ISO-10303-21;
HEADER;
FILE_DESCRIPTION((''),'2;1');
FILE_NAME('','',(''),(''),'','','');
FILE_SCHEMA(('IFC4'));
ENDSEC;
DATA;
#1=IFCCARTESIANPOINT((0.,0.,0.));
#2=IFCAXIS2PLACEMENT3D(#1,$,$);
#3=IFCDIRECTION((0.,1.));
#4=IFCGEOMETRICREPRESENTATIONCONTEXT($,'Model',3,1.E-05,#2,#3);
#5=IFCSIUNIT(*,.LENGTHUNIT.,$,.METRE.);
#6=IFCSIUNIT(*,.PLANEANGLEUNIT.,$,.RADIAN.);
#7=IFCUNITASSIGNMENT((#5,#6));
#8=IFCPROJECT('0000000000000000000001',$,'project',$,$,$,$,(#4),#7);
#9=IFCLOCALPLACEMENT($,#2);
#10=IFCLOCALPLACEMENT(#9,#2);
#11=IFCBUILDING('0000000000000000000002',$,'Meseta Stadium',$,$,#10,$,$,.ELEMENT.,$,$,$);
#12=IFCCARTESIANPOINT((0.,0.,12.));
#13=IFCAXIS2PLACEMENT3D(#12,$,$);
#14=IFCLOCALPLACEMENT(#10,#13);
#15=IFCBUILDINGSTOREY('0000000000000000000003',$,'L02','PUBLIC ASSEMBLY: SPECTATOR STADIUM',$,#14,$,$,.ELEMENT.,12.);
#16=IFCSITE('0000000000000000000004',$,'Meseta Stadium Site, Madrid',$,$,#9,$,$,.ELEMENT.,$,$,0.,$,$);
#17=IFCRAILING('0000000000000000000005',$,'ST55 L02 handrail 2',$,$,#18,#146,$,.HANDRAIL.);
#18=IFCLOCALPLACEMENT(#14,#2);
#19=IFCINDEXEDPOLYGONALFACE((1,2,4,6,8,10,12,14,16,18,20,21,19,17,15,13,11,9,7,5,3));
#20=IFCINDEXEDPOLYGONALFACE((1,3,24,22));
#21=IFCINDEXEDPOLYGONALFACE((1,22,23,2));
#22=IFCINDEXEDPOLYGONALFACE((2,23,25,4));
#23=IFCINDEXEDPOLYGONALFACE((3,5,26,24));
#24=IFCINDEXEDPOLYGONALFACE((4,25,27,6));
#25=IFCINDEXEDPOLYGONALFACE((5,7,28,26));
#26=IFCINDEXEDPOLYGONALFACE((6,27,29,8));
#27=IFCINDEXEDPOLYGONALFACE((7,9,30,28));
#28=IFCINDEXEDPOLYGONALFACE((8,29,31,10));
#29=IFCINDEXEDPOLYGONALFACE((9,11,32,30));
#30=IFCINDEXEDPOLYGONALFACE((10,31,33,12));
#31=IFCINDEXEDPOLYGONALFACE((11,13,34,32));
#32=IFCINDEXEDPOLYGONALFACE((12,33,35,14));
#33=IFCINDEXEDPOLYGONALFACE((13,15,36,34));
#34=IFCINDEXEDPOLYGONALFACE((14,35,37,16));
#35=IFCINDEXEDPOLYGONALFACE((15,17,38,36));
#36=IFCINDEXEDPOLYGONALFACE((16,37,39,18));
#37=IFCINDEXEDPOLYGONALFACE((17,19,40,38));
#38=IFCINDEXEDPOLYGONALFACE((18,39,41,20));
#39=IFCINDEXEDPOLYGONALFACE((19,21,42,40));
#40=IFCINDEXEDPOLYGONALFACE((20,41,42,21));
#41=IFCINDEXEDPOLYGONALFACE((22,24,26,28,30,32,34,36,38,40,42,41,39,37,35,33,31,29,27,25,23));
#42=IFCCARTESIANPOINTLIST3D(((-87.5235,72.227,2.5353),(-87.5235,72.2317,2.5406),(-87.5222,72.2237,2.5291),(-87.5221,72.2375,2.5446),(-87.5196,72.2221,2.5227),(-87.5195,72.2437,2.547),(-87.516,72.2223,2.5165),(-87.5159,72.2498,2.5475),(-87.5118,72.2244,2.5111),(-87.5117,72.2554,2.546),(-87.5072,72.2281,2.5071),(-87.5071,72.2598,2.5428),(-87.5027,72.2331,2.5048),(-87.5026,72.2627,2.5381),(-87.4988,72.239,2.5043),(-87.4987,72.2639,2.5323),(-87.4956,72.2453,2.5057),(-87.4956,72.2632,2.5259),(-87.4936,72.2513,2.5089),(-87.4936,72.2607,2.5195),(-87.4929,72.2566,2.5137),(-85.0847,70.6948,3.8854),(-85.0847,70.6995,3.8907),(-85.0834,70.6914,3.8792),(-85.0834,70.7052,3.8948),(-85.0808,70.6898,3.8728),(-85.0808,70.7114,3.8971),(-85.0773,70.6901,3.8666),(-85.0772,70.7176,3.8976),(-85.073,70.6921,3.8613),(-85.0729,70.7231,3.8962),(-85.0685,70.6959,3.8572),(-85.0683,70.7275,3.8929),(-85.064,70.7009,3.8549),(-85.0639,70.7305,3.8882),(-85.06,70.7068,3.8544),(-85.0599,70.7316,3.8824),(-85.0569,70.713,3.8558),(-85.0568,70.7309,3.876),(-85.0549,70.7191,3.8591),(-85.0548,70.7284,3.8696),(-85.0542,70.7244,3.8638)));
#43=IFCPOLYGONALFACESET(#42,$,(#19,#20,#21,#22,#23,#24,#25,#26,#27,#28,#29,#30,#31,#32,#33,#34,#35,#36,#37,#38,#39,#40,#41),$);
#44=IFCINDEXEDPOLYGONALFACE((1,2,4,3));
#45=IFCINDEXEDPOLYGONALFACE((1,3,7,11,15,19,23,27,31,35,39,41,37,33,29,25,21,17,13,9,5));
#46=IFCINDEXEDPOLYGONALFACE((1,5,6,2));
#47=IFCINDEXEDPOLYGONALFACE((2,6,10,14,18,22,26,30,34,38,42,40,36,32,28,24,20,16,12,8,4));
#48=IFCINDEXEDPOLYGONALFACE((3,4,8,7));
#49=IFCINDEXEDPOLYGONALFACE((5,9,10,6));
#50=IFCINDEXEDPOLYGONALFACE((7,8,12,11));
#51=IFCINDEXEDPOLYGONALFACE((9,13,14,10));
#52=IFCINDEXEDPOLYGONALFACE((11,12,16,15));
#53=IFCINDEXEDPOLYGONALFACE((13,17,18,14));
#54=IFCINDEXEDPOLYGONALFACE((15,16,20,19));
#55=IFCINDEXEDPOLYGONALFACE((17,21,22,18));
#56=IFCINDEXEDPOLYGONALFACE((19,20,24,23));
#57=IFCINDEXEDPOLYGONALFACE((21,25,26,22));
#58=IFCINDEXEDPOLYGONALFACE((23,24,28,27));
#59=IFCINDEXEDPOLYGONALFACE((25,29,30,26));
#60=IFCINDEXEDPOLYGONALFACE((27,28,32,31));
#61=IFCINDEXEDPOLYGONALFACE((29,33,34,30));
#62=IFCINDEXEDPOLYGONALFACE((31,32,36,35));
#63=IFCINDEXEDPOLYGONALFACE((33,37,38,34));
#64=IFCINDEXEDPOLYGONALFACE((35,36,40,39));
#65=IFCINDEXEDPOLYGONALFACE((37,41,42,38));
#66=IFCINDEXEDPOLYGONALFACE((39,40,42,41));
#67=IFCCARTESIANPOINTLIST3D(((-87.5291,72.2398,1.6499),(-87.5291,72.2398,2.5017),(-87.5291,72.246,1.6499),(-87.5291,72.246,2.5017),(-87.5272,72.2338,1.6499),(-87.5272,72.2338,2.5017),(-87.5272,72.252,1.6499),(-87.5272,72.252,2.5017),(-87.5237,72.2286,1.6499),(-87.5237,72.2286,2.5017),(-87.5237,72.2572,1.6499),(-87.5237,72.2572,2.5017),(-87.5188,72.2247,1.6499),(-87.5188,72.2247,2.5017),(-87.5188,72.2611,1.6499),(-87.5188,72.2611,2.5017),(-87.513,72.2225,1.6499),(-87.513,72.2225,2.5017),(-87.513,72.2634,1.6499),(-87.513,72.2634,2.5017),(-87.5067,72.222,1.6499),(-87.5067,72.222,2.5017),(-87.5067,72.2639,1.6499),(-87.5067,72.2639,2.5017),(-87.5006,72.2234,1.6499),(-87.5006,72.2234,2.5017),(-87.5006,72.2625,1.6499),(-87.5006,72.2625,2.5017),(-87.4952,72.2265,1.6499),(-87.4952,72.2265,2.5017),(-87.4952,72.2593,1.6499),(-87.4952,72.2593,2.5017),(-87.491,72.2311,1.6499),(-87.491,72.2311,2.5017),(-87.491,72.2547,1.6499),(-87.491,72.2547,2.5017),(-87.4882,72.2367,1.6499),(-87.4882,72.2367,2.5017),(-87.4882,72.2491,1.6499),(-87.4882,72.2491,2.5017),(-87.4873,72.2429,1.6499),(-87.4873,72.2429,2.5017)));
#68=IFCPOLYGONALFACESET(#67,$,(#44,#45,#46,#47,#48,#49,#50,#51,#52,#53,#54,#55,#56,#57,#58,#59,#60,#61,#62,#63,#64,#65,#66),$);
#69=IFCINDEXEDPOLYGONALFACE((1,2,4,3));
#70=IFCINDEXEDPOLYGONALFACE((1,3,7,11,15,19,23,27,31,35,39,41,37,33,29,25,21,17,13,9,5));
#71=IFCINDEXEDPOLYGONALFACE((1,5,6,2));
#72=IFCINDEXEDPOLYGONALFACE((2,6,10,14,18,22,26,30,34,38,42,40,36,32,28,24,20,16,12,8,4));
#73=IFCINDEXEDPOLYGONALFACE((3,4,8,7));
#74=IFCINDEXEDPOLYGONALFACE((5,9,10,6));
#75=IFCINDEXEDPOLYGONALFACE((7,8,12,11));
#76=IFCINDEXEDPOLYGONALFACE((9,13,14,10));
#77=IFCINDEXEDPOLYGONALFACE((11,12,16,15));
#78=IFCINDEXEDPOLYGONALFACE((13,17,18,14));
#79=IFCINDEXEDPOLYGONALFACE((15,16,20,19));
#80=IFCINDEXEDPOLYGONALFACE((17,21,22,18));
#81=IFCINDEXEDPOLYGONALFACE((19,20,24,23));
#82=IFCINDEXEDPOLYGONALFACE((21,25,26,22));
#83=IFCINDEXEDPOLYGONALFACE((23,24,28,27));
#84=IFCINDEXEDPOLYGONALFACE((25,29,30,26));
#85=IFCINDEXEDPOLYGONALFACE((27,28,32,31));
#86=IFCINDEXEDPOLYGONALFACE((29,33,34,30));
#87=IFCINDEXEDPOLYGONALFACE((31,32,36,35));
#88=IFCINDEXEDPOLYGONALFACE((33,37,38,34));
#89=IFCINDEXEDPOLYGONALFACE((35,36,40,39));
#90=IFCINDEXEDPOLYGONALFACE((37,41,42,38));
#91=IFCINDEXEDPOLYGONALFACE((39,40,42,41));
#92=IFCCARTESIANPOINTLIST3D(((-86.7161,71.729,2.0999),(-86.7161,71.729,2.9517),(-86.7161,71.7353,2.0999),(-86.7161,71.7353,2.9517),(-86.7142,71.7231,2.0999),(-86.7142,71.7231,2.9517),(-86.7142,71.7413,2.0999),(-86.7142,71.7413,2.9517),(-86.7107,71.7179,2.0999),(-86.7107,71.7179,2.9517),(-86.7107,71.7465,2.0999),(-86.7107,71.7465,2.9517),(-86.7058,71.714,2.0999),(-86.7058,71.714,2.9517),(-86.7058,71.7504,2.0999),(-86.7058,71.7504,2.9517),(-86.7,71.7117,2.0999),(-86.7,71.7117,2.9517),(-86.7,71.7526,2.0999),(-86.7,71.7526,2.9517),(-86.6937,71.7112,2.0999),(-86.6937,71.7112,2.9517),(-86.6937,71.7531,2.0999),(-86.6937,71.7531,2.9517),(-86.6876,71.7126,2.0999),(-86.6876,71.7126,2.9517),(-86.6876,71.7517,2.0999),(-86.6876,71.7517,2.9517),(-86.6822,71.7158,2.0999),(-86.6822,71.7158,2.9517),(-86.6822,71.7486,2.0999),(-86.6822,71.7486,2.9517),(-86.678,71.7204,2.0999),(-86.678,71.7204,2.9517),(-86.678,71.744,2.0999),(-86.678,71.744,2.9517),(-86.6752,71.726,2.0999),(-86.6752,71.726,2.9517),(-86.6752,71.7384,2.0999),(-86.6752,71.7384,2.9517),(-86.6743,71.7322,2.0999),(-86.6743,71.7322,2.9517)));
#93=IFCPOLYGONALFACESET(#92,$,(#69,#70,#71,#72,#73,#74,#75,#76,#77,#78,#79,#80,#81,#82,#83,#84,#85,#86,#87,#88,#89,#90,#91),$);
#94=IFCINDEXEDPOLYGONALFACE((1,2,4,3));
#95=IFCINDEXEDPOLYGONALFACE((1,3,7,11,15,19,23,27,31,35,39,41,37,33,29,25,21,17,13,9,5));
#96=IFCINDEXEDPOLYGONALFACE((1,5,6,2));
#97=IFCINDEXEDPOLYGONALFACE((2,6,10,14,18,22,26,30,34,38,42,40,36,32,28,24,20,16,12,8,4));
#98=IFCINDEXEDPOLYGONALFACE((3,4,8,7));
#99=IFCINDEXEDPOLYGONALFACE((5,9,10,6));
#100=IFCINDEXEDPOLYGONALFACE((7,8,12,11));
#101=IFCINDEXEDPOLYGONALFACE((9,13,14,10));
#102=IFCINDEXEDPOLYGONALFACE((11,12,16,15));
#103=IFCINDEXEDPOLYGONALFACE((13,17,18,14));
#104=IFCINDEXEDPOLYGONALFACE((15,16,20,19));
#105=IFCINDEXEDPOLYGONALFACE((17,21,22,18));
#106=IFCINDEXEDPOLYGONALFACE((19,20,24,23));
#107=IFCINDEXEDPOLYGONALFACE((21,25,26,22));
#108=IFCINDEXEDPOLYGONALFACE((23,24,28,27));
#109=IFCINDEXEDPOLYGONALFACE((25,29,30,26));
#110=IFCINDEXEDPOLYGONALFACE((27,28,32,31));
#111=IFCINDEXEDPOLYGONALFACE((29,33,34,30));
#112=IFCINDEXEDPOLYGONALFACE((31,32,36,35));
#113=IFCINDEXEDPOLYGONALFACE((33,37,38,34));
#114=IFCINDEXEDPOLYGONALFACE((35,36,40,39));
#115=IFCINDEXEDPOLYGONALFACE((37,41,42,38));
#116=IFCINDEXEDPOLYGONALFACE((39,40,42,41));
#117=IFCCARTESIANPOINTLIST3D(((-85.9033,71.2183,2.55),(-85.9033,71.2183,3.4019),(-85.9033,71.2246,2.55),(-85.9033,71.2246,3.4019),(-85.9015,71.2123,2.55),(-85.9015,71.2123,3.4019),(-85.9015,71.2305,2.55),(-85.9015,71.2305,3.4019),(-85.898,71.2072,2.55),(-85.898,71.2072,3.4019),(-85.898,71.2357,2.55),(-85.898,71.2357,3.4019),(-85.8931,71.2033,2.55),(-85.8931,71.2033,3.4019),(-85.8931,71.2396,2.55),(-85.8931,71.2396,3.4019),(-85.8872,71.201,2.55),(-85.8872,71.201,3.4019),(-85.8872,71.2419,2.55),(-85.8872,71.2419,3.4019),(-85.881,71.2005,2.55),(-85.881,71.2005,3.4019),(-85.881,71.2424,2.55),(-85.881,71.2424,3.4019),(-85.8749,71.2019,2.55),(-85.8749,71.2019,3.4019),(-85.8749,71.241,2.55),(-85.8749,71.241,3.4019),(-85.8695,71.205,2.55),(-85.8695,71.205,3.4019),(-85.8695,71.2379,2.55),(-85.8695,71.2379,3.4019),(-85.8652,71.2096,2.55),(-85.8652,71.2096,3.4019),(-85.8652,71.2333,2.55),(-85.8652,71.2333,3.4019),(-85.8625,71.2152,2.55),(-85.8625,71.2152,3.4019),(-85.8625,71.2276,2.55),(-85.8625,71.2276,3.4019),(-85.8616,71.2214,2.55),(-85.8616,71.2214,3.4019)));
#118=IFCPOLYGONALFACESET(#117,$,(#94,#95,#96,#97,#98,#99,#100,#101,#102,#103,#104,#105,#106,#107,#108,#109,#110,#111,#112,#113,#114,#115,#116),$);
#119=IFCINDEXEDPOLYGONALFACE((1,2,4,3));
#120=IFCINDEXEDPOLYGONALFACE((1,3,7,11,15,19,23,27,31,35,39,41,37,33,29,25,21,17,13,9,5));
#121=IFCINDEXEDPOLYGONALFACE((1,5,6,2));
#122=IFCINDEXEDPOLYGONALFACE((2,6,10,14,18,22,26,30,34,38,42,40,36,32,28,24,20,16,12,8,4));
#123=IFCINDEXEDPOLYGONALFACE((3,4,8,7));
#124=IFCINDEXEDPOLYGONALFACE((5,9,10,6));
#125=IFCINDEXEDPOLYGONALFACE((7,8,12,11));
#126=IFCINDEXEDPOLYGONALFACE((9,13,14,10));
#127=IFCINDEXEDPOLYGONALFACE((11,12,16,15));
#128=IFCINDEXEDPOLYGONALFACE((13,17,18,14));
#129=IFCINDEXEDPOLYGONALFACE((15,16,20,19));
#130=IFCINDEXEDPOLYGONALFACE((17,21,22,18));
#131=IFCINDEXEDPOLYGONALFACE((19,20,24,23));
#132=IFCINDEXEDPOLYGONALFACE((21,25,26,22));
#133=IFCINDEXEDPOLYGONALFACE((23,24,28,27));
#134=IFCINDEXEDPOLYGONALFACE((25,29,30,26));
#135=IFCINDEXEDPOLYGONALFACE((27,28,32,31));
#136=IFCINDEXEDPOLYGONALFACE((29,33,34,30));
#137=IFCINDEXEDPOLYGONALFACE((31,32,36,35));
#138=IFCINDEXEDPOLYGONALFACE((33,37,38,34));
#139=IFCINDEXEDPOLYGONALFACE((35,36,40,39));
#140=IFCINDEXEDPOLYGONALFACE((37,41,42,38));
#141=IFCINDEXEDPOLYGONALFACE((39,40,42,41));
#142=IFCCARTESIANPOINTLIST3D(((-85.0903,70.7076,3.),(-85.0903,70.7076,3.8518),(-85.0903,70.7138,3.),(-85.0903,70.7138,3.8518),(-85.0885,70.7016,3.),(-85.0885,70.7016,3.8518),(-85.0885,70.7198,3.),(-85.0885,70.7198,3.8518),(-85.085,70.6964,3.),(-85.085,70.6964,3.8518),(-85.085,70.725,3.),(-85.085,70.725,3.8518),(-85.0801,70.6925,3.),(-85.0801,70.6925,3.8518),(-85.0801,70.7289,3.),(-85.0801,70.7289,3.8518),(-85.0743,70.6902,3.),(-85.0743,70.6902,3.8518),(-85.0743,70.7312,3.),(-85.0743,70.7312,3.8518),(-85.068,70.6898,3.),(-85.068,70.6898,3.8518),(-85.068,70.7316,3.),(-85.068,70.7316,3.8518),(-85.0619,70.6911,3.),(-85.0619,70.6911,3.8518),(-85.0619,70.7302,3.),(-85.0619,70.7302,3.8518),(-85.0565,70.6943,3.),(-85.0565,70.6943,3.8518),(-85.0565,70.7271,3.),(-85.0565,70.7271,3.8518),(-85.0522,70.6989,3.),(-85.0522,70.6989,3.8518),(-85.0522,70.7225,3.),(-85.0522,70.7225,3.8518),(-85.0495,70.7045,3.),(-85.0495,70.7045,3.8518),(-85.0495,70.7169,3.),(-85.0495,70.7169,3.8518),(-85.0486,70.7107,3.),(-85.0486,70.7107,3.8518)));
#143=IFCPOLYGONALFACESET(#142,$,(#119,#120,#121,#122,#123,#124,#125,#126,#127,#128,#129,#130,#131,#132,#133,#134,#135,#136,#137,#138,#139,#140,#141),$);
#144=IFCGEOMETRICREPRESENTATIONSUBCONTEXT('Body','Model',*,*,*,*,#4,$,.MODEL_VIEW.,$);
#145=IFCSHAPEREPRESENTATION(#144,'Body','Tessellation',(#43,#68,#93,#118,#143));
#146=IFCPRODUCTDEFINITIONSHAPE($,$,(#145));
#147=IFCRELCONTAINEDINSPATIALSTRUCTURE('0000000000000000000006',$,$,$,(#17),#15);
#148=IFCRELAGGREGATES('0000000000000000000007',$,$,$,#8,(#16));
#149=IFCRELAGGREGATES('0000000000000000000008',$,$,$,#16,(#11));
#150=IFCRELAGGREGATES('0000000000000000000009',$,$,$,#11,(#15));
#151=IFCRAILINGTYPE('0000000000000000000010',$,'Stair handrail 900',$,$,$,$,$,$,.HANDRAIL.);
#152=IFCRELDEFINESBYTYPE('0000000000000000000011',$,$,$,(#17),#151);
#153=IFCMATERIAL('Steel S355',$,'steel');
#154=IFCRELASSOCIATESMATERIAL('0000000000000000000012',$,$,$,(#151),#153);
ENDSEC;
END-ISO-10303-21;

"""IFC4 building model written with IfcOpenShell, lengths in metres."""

from ifc_helpers import new_model, si_unit, direction, frame, origin, origin_2d, place, context, subcontext, project, spatial, circle, extrude, material, type_object, element, save


model = new_model("IFC4")

# Units and contexts
model_context = context("Model", 3, precision=1e-05, world=origin(), true_north=direction((0.0, 1.0)))
body_context = subcontext(model_context, "Body", "Model", "MODEL_VIEW")
ifc_project = project(units=[si_unit("LENGTHUNIT", "METRE"), si_unit("PLANEANGLEUNIT", "RADIAN")], contexts=[model_context])

# Site, building, storey
site_placement = place(None, origin())
site = spatial("IfcSite", under=ifc_project, at=site_placement, Name="Meseta Stadium Site, Madrid", CompositionType="ELEMENT", RefElevation=0.0)
building_placement = place(site_placement, origin())
building = spatial("IfcBuilding", under=site, at=building_placement, Name="Meseta Stadium", CompositionType="ELEMENT")
storey_placement = place(building_placement, frame((0.0, 0.0, 12.0)))
storey = spatial("IfcBuildingStorey", under=building, at=storey_placement, Name="L02", Description="PUBLIC ASSEMBLY: SPECTATOR STADIUM", CompositionType="ELEMENT", Elevation=12.0)

# Railing
ifc_material_1 = material(Name="Steel S355", Category="steel")
railing_type_1 = type_object("IfcRailingType", Name="Stair handrail 900", PredefinedType="HANDRAIL", material=ifc_material_1)
for number, where, name in (
    (1, (-87.5083, 72.2429, 1.6499), "ST55 L02 handrail 2"),
):
    element("IfcRailing", number, at=place(storey_placement, frame(where)), inside=storey, type_object=railing_type_1, Name=name, PredefinedType="HANDRAIL", context=body_context, shape_type="SweptSolid", body=[
        extrude(circle(Radius=0.0239, at=origin_2d()), frame((0.0, 0.0, 0.876), z_axis=(0.766687, -0.481703, 0.424445), x_axis=(0.532001, 0.846743, 0.0)), (0.0, 0.0, 1.0), 3.1809),
        extrude(circle(Radius=0.021, at=origin_2d()), origin(), (0.0, 0.0, 1.0), 0.8518),
        extrude(circle(Radius=0.021, at=origin_2d()), frame((0.813, -0.5107, 0.45)), (0.0, 0.0, 1.0), 0.8518),
        extrude(circle(Radius=0.021, at=origin_2d()), frame((1.6257, -1.0215, 0.9001)), (0.0, 0.0, 1.0), 0.8518),
        extrude(circle(Radius=0.021, at=origin_2d()), frame((2.4387, -1.5322, 1.3501)), (0.0, 0.0, 1.0), 0.8518),
    ])

save(model, "model.ifc")
